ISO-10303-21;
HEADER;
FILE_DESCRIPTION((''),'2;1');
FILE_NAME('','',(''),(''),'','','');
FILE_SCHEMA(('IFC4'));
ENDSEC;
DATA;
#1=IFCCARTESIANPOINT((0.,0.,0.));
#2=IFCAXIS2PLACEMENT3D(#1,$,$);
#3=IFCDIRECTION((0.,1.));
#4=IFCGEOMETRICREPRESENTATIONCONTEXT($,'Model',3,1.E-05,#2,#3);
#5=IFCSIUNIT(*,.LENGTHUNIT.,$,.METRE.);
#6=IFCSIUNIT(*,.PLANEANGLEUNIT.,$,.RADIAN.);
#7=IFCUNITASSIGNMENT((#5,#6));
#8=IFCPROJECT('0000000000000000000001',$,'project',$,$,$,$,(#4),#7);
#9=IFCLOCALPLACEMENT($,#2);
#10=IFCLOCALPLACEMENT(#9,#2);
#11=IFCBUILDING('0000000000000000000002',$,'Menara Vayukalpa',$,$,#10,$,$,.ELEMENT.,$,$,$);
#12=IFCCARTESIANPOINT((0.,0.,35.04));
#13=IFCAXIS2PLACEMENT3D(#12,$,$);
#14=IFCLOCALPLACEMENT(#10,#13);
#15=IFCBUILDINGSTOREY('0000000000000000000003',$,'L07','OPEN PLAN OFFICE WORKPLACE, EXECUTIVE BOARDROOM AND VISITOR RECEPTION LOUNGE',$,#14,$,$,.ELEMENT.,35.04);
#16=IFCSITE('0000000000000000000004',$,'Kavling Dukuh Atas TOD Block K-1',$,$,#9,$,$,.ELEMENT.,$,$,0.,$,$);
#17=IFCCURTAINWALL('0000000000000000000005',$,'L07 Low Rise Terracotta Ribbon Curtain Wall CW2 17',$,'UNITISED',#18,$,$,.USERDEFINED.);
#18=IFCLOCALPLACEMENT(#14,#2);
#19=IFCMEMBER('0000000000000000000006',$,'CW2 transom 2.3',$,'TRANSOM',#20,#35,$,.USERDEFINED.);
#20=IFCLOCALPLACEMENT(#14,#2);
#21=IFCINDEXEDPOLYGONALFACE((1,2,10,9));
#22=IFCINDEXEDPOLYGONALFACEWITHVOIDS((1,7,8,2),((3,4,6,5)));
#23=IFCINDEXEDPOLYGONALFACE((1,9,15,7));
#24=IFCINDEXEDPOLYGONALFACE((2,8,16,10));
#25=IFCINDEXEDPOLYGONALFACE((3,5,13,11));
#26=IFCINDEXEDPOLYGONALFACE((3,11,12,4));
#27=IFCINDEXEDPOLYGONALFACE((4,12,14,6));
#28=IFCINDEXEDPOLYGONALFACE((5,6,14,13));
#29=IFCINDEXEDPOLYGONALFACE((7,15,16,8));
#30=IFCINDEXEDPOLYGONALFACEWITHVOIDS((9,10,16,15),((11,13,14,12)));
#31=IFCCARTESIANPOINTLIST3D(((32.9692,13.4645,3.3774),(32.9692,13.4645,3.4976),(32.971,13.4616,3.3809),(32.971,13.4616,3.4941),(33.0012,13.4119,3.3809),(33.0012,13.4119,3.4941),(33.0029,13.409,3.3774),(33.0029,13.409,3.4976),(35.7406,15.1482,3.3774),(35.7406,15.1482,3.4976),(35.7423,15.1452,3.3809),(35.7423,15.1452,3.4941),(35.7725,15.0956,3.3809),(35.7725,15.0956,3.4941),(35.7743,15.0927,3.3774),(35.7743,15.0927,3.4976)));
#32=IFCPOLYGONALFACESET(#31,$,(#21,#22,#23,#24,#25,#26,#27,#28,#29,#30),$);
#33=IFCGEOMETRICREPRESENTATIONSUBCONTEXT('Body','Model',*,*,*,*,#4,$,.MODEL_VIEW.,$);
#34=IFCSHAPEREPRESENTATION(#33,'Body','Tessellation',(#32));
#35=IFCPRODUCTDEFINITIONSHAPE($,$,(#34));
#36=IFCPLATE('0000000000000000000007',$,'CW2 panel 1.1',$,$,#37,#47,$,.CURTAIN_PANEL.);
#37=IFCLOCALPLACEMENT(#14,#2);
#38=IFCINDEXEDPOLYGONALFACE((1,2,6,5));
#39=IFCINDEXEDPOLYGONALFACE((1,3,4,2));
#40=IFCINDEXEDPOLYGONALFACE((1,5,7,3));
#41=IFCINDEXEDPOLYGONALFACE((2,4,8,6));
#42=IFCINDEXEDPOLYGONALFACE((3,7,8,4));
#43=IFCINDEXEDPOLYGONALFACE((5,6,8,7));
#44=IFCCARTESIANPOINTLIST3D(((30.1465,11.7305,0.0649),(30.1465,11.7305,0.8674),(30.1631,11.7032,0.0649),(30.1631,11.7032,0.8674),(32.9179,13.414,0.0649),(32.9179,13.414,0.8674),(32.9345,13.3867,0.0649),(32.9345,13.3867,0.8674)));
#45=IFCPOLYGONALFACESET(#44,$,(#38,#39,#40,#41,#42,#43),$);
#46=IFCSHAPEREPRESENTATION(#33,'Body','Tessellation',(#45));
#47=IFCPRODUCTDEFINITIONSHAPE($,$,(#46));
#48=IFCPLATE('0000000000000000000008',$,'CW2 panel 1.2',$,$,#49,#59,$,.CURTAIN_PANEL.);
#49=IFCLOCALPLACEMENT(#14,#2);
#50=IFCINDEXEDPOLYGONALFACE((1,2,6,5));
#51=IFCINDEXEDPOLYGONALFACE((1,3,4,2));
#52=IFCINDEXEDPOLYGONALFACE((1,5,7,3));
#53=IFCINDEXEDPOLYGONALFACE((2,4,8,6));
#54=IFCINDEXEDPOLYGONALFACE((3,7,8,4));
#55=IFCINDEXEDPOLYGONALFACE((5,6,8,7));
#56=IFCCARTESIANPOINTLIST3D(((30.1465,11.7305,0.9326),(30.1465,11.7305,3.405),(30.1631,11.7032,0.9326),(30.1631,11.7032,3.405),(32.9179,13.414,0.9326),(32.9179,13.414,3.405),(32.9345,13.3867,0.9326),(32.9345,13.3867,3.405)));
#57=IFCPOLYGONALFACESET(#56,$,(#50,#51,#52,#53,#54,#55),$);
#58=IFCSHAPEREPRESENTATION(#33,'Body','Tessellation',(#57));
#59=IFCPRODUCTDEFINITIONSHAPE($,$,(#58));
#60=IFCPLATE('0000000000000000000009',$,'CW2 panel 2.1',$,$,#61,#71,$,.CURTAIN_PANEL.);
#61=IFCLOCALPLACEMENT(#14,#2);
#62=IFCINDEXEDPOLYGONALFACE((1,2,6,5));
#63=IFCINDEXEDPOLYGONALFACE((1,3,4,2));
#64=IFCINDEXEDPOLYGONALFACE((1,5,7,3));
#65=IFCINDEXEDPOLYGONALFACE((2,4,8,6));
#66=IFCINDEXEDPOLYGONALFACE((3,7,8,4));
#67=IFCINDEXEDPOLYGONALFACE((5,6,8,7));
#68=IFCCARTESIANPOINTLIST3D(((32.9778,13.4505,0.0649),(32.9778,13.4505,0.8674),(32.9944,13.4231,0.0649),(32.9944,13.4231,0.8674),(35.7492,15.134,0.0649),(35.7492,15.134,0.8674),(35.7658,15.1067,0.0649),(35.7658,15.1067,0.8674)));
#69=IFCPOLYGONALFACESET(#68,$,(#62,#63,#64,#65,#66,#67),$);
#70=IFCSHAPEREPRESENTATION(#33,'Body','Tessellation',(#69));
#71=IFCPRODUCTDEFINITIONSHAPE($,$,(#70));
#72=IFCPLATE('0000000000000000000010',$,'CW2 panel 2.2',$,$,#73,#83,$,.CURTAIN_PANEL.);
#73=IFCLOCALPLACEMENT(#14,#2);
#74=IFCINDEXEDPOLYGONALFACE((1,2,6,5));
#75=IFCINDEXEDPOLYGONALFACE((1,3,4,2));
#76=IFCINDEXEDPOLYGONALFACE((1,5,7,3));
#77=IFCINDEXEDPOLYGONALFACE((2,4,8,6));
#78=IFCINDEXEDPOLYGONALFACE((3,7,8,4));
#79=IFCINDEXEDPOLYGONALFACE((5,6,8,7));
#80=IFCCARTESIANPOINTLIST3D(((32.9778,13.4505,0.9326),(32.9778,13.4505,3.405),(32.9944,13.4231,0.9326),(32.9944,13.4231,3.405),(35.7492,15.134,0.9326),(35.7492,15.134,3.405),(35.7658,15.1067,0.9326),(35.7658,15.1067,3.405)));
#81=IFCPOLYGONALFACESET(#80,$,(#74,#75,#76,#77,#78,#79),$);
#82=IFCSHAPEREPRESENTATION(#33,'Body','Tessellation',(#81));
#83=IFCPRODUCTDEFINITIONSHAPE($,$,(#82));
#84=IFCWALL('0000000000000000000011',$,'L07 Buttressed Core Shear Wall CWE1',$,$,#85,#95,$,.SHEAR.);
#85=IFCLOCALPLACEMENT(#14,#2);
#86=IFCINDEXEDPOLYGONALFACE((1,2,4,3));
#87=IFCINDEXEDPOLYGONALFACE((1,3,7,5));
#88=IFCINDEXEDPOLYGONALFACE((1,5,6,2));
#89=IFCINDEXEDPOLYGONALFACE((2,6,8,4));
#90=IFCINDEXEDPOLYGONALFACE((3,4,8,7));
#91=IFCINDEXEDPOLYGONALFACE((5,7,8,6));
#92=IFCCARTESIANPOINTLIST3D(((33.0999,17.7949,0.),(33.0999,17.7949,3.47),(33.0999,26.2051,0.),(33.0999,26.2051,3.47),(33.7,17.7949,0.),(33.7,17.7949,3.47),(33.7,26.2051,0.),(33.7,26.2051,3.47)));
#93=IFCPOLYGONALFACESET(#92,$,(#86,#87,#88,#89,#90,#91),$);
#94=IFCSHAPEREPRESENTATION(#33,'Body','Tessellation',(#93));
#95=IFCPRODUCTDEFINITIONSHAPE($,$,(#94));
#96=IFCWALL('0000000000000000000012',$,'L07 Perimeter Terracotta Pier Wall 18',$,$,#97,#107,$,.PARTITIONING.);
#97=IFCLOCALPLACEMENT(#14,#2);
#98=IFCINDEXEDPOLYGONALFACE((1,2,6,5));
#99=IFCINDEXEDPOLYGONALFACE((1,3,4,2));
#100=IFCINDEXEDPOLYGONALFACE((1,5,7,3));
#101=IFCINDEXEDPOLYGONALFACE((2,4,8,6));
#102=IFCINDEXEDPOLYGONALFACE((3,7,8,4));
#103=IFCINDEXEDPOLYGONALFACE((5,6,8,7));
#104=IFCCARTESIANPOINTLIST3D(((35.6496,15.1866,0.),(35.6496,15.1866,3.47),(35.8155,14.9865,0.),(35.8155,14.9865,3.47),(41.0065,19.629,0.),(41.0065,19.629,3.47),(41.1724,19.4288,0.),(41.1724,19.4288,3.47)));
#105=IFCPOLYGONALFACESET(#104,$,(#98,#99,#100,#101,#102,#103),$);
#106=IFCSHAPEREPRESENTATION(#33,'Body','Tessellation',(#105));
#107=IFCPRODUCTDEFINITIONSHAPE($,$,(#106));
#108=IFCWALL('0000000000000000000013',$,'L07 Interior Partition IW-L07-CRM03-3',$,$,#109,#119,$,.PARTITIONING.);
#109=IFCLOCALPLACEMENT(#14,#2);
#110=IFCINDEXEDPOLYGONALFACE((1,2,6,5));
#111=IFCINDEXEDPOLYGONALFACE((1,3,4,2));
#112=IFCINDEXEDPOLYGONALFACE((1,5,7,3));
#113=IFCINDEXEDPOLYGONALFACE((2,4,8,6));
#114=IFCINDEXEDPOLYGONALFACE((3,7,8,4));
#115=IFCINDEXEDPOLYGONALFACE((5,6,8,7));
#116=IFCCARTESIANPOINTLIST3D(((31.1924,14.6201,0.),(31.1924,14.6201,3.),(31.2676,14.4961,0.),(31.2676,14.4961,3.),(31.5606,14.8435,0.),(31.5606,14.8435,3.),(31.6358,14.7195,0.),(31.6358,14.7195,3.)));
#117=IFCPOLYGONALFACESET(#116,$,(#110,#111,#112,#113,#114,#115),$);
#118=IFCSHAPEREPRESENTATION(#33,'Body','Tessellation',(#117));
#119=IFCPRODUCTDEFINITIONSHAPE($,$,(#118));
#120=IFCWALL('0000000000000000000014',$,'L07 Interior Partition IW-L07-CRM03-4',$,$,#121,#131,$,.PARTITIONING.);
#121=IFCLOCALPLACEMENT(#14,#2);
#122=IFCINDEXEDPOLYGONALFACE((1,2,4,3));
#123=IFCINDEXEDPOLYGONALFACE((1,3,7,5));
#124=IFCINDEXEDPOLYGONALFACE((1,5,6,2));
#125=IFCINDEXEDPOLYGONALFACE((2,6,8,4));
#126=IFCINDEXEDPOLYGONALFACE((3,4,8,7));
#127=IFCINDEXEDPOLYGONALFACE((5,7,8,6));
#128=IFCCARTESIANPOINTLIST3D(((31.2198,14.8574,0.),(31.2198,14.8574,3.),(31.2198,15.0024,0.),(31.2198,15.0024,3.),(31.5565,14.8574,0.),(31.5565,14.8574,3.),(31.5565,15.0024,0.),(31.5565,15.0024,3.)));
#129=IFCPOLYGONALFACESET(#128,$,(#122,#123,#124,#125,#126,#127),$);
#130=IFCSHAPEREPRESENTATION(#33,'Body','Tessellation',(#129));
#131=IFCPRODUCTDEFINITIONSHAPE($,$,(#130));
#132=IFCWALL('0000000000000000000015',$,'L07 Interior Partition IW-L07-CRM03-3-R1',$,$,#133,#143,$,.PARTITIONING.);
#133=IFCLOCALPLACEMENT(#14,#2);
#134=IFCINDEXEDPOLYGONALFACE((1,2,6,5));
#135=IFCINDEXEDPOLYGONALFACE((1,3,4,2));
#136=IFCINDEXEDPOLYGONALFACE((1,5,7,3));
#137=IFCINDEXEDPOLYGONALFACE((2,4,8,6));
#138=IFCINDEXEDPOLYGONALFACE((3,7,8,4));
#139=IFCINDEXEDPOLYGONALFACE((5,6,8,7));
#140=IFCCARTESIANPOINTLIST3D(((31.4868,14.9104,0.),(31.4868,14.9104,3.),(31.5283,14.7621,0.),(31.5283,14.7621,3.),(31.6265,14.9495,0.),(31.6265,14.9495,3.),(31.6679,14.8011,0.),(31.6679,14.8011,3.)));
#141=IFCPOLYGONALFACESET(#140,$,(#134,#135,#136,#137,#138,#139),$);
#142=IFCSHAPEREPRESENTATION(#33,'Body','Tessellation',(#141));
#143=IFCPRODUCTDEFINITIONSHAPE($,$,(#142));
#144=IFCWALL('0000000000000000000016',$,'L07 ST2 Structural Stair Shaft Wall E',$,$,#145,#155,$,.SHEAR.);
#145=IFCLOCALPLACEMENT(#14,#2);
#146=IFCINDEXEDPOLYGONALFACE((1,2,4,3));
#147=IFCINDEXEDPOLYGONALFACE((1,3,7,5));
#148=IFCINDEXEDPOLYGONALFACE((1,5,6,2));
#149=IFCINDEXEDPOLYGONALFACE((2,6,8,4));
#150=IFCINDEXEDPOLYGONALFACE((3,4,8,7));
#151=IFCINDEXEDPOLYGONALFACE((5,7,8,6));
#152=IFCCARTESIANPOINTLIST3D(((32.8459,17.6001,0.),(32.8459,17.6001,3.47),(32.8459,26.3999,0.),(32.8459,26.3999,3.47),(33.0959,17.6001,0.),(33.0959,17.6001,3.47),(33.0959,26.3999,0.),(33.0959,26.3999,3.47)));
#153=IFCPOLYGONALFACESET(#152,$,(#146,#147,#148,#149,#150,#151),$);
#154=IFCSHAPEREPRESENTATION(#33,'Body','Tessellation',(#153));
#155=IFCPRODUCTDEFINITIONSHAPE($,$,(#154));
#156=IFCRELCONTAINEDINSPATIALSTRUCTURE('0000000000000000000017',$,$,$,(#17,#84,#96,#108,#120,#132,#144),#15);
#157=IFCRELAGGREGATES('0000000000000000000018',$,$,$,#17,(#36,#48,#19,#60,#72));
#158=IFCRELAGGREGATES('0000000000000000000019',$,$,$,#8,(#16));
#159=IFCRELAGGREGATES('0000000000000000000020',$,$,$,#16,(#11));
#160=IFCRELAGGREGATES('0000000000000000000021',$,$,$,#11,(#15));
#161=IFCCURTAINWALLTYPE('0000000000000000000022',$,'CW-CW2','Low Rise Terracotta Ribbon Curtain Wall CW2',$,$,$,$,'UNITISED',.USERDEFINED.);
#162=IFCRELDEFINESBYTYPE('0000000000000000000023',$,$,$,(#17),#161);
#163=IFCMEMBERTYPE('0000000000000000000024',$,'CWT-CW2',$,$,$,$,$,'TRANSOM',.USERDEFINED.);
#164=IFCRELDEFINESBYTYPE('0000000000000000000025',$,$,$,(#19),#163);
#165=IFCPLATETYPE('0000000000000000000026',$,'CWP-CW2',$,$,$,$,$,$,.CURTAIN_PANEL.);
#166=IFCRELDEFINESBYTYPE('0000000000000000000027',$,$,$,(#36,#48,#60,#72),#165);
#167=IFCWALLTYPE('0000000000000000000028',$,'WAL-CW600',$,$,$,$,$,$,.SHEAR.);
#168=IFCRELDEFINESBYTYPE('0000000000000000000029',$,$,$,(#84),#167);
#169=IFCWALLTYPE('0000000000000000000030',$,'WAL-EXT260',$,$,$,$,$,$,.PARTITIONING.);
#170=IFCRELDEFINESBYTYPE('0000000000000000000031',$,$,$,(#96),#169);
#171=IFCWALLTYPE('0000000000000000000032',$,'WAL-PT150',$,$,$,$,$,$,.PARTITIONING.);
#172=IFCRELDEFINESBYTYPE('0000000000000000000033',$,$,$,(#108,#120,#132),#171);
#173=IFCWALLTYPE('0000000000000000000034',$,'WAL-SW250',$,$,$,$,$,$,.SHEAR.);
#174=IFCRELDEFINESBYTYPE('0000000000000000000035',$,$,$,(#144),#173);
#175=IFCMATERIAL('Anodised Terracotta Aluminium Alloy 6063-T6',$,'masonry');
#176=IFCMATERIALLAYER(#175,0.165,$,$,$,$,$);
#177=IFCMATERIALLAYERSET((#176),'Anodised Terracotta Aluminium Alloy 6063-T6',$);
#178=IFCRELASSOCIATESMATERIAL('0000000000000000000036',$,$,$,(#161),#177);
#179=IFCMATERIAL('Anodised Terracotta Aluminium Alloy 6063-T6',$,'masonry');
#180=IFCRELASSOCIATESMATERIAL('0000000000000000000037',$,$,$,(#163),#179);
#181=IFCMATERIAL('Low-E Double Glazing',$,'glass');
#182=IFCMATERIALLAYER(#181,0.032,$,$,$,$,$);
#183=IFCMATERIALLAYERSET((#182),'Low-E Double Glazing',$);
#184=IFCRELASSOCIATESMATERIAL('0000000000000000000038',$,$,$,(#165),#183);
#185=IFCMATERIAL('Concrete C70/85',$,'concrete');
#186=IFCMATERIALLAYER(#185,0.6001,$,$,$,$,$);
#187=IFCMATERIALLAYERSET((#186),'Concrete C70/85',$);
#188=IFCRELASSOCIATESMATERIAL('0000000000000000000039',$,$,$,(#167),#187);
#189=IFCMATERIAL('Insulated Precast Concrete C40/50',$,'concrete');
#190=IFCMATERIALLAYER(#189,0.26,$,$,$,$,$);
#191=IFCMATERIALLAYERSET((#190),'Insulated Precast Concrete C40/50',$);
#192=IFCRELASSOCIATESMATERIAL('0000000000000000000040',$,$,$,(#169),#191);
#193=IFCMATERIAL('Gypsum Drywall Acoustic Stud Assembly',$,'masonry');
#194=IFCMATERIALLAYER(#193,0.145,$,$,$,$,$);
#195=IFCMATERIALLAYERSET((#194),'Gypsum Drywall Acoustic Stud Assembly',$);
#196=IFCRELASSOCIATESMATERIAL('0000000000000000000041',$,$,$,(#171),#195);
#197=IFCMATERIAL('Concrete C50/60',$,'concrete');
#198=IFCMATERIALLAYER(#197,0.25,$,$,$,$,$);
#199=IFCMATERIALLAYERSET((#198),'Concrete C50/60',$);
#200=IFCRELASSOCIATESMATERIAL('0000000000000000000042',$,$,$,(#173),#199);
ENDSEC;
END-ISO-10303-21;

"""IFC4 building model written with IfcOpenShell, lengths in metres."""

from ifc_helpers import new_model, si_unit, direction, frame, frame_2d, origin, origin_2d, place, context, subcontext, project, spatial, rectangle, hollow_rectangle, extrude, material, layer, layer_set, material_profile, profile_set, type_object, element, aggregate, save


model = new_model("IFC4")

# Units and contexts
model_context = context("Model", 3, precision=1e-05, world=origin(), true_north=direction((0.0, 1.0)))
body_context = subcontext(model_context, "Body", "Model", "MODEL_VIEW")
ifc_project = project(units=[si_unit("LENGTHUNIT", "METRE"), si_unit("PLANEANGLEUNIT", "RADIAN")], contexts=[model_context])

# Site, building, storey
site_placement = place(None, origin())
site = spatial("IfcSite", under=ifc_project, at=site_placement, Name="Kavling Dukuh Atas TOD Block K-1", CompositionType="ELEMENT", RefElevation=0.0)
building_placement = place(site_placement, origin())
building = spatial("IfcBuilding", under=site, at=building_placement, Name="Menara Vayukalpa", CompositionType="ELEMENT")
storey_placement = place(building_placement, frame((0.0, 0.0, 35.04)))
storey = spatial("IfcBuildingStorey", under=building, at=storey_placement, Name="L07", Description="OPEN PLAN OFFICE WORKPLACE, EXECUTIVE BOARDROOM AND VISITOR RECEPTION LOUNGE", CompositionType="ELEMENT", Elevation=35.04)

# Curtain wall, member, plates
ifc_material_1 = material(Name="Anodised Terracotta Aluminium Alloy 6063-T6", Category="masonry")
ifc_layer_1 = layer(ifc_material_1, 0.165)
ifc_layer_set_1 = layer_set([ifc_layer_1], Name="Anodised Terracotta Aluminium Alloy 6063-T6")
curtain_wall_type = type_object("IfcCurtainWallType", Name="CW-CW2", Description="Low Rise Terracotta Ribbon Curtain Wall CW2", ElementType="UNITISED", PredefinedType="USERDEFINED", material=ifc_layer_set_1)
curtain_wall_placement = place(storey_placement, origin())
curtain_wall = element("IfcCurtainWall", 1, at=curtain_wall_placement, inside=storey, type_object=curtain_wall_type, Name="L07 Low Rise Terracotta Ribbon Curtain Wall CW2 17", ObjectType="UNITISED", PredefinedType="USERDEFINED")
ifc_material_2 = material(Name="Anodised Terracotta Aluminium Alloy 6063-T6", Category="masonry")
ifc_material_profile_1 = material_profile(ifc_material_2, hollow_rectangle(XDim=0.0649, YDim=0.1201, WallThickness=0.0034, at=origin_2d()), Name="ALU 65x120x3.5")
ifc_profile_set_1 = profile_set([ifc_material_profile_1], Name="Anodised Terracotta Aluminium Alloy 6063-T6")
member_type_1 = type_object("IfcMemberType", Name="CWT-CW2", ElementType="TRANSOM", PredefinedType="USERDEFINED", material=ifc_profile_set_1)
member_1_placement = place(storey_placement, frame((32.9861, 13.4368, 3.4375), z_axis=(0.854643, 0.519216, 0.0), x_axis=(-0.519216, 0.854643, 0.0)))
member_1 = element("IfcMember", 2, at=member_1_placement, type_object=member_type_1, Name="CW2 transom 2.3", ObjectType="TRANSOM", PredefinedType="USERDEFINED", context=body_context, shape_type="SweptSolid", body=[
    extrude(hollow_rectangle(XDim=0.0649, YDim=0.1201, WallThickness=0.0034, at=origin_2d()), origin(), (0.0, 0.0, 1.0), 3.2427),
])
ifc_material_3 = material(Name="Low-E Double Glazing", Category="glass")
ifc_layer_2 = layer(ifc_material_3, 0.032)
ifc_layer_set_2 = layer_set([ifc_layer_2], Name="Low-E Double Glazing")
plate_type = type_object("IfcPlateType", Name="CWP-CW2", PredefinedType="CURTAIN_PANEL", material=ifc_layer_set_2)
plate_1_placement = place(storey_placement, frame((31.5405, 12.5586, 0.0649), z_axis=(0.0, 0.0, 1.0), x_axis=(0.854664, 0.519182, 0.0)))
plate_1 = element("IfcPlate", 3, at=plate_1_placement, type_object=plate_type, Name="CW2 panel 1.1", PredefinedType="CURTAIN_PANEL", context=body_context, shape_type="SweptSolid", body=[
    extrude(rectangle(XDim=3.2427, YDim=0.032, at=origin_2d()), origin(), (0.0, 0.0, 1.0), 0.8025),
])
plate_2_placement = place(storey_placement, frame((31.5405, 12.5586, 0.9326), z_axis=(0.0, 0.0, 1.0), x_axis=(0.854664, 0.519182, 0.0)))
plate_2 = element("IfcPlate", 4, at=plate_2_placement, type_object=plate_type, Name="CW2 panel 1.2", PredefinedType="CURTAIN_PANEL", context=body_context, shape_type="SweptSolid", body=[
    extrude(rectangle(XDim=3.2427, YDim=0.032, at=origin_2d()), origin(), (0.0, 0.0, 1.0), 2.4724),
])
plate_3_placement = place(storey_placement, frame((34.3718, 14.2786, 0.0649), z_axis=(0.0, 0.0, 1.0), x_axis=(0.854664, 0.519182, 0.0)))
plate_3 = element("IfcPlate", 5, at=plate_3_placement, type_object=plate_type, Name="CW2 panel 2.1", PredefinedType="CURTAIN_PANEL", context=body_context, shape_type="SweptSolid", body=[
    extrude(rectangle(XDim=3.2427, YDim=0.032, at=origin_2d()), origin(), (0.0, 0.0, 1.0), 0.8025),
])
plate_4_placement = place(storey_placement, frame((34.3718, 14.2786, 0.9326), z_axis=(0.0, 0.0, 1.0), x_axis=(0.854664, 0.519182, 0.0)))
plate_4 = element("IfcPlate", 6, at=plate_4_placement, type_object=plate_type, Name="CW2 panel 2.2", PredefinedType="CURTAIN_PANEL", context=body_context, shape_type="SweptSolid", body=[
    extrude(rectangle(XDim=3.2427, YDim=0.032, at=origin_2d()), origin(), (0.0, 0.0, 1.0), 2.4724),
])
aggregate(curtain_wall, [plate_1, plate_2, member_1, plate_3, plate_4])

# Walls
ifc_material_4 = material(Name="Concrete C70/85", Category="concrete")
ifc_layer_3 = layer(ifc_material_4, 0.6001)
ifc_layer_set_3 = layer_set([ifc_layer_3], Name="Concrete C70/85")
wall_type_1 = type_object("IfcWallType", Name="WAL-CW600", PredefinedType="SHEAR", material=ifc_layer_set_3)
wall_1_placement = place(storey_placement, frame((33.3999, 17.7949, 0.0), z_axis=(0.0, 0.0, 1.0), x_axis=(0.0, 1.0, 0.0)))
element("IfcWall", 7, at=wall_1_placement, inside=storey, type_object=wall_type_1, Name="L07 Buttressed Core Shear Wall CWE1", PredefinedType="SHEAR", context=body_context, shape_type="SweptSolid", body=[
    extrude(rectangle(XDim=8.4102, YDim=0.6001, at=frame_2d((4.2051, 0.0))), origin(), (0.0, 0.0, 1.0), 3.47),
])
ifc_material_5 = material(Name="Insulated Precast Concrete C40/50", Category="concrete")
ifc_layer_4 = layer(ifc_material_5, 0.26)
ifc_layer_set_4 = layer_set([ifc_layer_4], Name="Insulated Precast Concrete C40/50")
wall_type_2 = type_object("IfcWallType", Name="WAL-EXT260", PredefinedType="PARTITIONING", material=ifc_layer_set_4)
wall_2_placement = place(storey_placement, frame((41.0894, 19.5288, 0.0), z_axis=(0.0, 0.0, 1.0), x_axis=(-0.769755, -0.63834, 0.0)))
element("IfcWall", 8, at=wall_2_placement, inside=storey, type_object=wall_type_2, Name="L07 Perimeter Terracotta Pier Wall 18", PredefinedType="PARTITIONING", context=body_context, shape_type="SweptSolid", body=[
    extrude(rectangle(XDim=6.9592, YDim=0.26, at=frame_2d((3.4795, 0.0))), origin(), (0.0, 0.0, 1.0), 3.47),
])
ifc_material_6 = material(Name="Gypsum Drywall Acoustic Stud Assembly", Category="masonry")
ifc_layer_5 = layer(ifc_material_6, 0.145)
ifc_layer_set_5 = layer_set([ifc_layer_5], Name="Gypsum Drywall Acoustic Stud Assembly")
wall_type_3 = type_object("IfcWallType", Name="WAL-PT150", PredefinedType="PARTITIONING", material=ifc_layer_set_5)
wall_3_placement = place(storey_placement, frame((31.23, 14.5581, 0.0), z_axis=(0.0, 0.0, 1.0), x_axis=(0.854931, 0.518741, 0.0)))
element("IfcWall", 9, at=wall_3_placement, inside=storey, type_object=wall_type_3, Name="L07 Interior Partition IW-L07-CRM03-3", PredefinedType="PARTITIONING", context=body_context, shape_type="SweptSolid", body=[
    extrude(rectangle(XDim=0.4307, YDim=0.145, at=frame_2d((0.2153, 0.0))), origin(), (0.0, 0.0, 1.0), 3.0),
])
wall_4_placement = place(storey_placement, frame((31.5566, 14.9299, 0.0), z_axis=(0.0, 0.0, 1.0), x_axis=(-1.0, 0.0, 0.0)))
element("IfcWall", 10, at=wall_4_placement, inside=storey, type_object=wall_type_3, Name="L07 Interior Partition IW-L07-CRM03-4", PredefinedType="PARTITIONING", context=body_context, shape_type="SweptSolid", body=[
    extrude(rectangle(XDim=0.3367, YDim=0.145, at=frame_2d((0.1685, 0.0))), origin(), (0.0, 0.0, 1.0), 3.0),
])
wall_5_placement = place(storey_placement, frame((31.5981, 14.7815, 0.0), z_axis=(0.0, 0.0, 1.0), x_axis=(-0.269277, 0.963063, 0.0)))
element("IfcWall", 11, at=wall_5_placement, inside=storey, type_object=wall_type_3, Name="L07 Interior Partition IW-L07-CRM03-3-R1", PredefinedType="PARTITIONING", context=body_context, shape_type="SweptSolid", body=[
    extrude(rectangle(XDim=0.1541, YDim=0.145, at=frame_2d((0.0771, 0.0))), origin(), (0.0, 0.0, 1.0), 3.0),
])
ifc_material_7 = material(Name="Concrete C50/60", Category="concrete")
ifc_layer_6 = layer(ifc_material_7, 0.25)
ifc_layer_set_6 = layer_set([ifc_layer_6], Name="Concrete C50/60")
wall_type_4 = type_object("IfcWallType", Name="WAL-SW250", PredefinedType="SHEAR", material=ifc_layer_set_6)
wall_6_placement = place(storey_placement, frame((32.9709, 17.6001, 0.0), z_axis=(0.0, 0.0, 1.0), x_axis=(0.0, 1.0, 0.0)))
element("IfcWall", 12, at=wall_6_placement, inside=storey, type_object=wall_type_4, Name="L07 ST2 Structural Stair Shaft Wall E", PredefinedType="SHEAR", context=body_context, shape_type="SweptSolid", body=[
    extrude(rectangle(XDim=8.7998, YDim=0.25, at=frame_2d((4.3999, 0.0))), origin(), (0.0, 0.0, 1.0), 3.47),
])

save(model, "model.ifc")
